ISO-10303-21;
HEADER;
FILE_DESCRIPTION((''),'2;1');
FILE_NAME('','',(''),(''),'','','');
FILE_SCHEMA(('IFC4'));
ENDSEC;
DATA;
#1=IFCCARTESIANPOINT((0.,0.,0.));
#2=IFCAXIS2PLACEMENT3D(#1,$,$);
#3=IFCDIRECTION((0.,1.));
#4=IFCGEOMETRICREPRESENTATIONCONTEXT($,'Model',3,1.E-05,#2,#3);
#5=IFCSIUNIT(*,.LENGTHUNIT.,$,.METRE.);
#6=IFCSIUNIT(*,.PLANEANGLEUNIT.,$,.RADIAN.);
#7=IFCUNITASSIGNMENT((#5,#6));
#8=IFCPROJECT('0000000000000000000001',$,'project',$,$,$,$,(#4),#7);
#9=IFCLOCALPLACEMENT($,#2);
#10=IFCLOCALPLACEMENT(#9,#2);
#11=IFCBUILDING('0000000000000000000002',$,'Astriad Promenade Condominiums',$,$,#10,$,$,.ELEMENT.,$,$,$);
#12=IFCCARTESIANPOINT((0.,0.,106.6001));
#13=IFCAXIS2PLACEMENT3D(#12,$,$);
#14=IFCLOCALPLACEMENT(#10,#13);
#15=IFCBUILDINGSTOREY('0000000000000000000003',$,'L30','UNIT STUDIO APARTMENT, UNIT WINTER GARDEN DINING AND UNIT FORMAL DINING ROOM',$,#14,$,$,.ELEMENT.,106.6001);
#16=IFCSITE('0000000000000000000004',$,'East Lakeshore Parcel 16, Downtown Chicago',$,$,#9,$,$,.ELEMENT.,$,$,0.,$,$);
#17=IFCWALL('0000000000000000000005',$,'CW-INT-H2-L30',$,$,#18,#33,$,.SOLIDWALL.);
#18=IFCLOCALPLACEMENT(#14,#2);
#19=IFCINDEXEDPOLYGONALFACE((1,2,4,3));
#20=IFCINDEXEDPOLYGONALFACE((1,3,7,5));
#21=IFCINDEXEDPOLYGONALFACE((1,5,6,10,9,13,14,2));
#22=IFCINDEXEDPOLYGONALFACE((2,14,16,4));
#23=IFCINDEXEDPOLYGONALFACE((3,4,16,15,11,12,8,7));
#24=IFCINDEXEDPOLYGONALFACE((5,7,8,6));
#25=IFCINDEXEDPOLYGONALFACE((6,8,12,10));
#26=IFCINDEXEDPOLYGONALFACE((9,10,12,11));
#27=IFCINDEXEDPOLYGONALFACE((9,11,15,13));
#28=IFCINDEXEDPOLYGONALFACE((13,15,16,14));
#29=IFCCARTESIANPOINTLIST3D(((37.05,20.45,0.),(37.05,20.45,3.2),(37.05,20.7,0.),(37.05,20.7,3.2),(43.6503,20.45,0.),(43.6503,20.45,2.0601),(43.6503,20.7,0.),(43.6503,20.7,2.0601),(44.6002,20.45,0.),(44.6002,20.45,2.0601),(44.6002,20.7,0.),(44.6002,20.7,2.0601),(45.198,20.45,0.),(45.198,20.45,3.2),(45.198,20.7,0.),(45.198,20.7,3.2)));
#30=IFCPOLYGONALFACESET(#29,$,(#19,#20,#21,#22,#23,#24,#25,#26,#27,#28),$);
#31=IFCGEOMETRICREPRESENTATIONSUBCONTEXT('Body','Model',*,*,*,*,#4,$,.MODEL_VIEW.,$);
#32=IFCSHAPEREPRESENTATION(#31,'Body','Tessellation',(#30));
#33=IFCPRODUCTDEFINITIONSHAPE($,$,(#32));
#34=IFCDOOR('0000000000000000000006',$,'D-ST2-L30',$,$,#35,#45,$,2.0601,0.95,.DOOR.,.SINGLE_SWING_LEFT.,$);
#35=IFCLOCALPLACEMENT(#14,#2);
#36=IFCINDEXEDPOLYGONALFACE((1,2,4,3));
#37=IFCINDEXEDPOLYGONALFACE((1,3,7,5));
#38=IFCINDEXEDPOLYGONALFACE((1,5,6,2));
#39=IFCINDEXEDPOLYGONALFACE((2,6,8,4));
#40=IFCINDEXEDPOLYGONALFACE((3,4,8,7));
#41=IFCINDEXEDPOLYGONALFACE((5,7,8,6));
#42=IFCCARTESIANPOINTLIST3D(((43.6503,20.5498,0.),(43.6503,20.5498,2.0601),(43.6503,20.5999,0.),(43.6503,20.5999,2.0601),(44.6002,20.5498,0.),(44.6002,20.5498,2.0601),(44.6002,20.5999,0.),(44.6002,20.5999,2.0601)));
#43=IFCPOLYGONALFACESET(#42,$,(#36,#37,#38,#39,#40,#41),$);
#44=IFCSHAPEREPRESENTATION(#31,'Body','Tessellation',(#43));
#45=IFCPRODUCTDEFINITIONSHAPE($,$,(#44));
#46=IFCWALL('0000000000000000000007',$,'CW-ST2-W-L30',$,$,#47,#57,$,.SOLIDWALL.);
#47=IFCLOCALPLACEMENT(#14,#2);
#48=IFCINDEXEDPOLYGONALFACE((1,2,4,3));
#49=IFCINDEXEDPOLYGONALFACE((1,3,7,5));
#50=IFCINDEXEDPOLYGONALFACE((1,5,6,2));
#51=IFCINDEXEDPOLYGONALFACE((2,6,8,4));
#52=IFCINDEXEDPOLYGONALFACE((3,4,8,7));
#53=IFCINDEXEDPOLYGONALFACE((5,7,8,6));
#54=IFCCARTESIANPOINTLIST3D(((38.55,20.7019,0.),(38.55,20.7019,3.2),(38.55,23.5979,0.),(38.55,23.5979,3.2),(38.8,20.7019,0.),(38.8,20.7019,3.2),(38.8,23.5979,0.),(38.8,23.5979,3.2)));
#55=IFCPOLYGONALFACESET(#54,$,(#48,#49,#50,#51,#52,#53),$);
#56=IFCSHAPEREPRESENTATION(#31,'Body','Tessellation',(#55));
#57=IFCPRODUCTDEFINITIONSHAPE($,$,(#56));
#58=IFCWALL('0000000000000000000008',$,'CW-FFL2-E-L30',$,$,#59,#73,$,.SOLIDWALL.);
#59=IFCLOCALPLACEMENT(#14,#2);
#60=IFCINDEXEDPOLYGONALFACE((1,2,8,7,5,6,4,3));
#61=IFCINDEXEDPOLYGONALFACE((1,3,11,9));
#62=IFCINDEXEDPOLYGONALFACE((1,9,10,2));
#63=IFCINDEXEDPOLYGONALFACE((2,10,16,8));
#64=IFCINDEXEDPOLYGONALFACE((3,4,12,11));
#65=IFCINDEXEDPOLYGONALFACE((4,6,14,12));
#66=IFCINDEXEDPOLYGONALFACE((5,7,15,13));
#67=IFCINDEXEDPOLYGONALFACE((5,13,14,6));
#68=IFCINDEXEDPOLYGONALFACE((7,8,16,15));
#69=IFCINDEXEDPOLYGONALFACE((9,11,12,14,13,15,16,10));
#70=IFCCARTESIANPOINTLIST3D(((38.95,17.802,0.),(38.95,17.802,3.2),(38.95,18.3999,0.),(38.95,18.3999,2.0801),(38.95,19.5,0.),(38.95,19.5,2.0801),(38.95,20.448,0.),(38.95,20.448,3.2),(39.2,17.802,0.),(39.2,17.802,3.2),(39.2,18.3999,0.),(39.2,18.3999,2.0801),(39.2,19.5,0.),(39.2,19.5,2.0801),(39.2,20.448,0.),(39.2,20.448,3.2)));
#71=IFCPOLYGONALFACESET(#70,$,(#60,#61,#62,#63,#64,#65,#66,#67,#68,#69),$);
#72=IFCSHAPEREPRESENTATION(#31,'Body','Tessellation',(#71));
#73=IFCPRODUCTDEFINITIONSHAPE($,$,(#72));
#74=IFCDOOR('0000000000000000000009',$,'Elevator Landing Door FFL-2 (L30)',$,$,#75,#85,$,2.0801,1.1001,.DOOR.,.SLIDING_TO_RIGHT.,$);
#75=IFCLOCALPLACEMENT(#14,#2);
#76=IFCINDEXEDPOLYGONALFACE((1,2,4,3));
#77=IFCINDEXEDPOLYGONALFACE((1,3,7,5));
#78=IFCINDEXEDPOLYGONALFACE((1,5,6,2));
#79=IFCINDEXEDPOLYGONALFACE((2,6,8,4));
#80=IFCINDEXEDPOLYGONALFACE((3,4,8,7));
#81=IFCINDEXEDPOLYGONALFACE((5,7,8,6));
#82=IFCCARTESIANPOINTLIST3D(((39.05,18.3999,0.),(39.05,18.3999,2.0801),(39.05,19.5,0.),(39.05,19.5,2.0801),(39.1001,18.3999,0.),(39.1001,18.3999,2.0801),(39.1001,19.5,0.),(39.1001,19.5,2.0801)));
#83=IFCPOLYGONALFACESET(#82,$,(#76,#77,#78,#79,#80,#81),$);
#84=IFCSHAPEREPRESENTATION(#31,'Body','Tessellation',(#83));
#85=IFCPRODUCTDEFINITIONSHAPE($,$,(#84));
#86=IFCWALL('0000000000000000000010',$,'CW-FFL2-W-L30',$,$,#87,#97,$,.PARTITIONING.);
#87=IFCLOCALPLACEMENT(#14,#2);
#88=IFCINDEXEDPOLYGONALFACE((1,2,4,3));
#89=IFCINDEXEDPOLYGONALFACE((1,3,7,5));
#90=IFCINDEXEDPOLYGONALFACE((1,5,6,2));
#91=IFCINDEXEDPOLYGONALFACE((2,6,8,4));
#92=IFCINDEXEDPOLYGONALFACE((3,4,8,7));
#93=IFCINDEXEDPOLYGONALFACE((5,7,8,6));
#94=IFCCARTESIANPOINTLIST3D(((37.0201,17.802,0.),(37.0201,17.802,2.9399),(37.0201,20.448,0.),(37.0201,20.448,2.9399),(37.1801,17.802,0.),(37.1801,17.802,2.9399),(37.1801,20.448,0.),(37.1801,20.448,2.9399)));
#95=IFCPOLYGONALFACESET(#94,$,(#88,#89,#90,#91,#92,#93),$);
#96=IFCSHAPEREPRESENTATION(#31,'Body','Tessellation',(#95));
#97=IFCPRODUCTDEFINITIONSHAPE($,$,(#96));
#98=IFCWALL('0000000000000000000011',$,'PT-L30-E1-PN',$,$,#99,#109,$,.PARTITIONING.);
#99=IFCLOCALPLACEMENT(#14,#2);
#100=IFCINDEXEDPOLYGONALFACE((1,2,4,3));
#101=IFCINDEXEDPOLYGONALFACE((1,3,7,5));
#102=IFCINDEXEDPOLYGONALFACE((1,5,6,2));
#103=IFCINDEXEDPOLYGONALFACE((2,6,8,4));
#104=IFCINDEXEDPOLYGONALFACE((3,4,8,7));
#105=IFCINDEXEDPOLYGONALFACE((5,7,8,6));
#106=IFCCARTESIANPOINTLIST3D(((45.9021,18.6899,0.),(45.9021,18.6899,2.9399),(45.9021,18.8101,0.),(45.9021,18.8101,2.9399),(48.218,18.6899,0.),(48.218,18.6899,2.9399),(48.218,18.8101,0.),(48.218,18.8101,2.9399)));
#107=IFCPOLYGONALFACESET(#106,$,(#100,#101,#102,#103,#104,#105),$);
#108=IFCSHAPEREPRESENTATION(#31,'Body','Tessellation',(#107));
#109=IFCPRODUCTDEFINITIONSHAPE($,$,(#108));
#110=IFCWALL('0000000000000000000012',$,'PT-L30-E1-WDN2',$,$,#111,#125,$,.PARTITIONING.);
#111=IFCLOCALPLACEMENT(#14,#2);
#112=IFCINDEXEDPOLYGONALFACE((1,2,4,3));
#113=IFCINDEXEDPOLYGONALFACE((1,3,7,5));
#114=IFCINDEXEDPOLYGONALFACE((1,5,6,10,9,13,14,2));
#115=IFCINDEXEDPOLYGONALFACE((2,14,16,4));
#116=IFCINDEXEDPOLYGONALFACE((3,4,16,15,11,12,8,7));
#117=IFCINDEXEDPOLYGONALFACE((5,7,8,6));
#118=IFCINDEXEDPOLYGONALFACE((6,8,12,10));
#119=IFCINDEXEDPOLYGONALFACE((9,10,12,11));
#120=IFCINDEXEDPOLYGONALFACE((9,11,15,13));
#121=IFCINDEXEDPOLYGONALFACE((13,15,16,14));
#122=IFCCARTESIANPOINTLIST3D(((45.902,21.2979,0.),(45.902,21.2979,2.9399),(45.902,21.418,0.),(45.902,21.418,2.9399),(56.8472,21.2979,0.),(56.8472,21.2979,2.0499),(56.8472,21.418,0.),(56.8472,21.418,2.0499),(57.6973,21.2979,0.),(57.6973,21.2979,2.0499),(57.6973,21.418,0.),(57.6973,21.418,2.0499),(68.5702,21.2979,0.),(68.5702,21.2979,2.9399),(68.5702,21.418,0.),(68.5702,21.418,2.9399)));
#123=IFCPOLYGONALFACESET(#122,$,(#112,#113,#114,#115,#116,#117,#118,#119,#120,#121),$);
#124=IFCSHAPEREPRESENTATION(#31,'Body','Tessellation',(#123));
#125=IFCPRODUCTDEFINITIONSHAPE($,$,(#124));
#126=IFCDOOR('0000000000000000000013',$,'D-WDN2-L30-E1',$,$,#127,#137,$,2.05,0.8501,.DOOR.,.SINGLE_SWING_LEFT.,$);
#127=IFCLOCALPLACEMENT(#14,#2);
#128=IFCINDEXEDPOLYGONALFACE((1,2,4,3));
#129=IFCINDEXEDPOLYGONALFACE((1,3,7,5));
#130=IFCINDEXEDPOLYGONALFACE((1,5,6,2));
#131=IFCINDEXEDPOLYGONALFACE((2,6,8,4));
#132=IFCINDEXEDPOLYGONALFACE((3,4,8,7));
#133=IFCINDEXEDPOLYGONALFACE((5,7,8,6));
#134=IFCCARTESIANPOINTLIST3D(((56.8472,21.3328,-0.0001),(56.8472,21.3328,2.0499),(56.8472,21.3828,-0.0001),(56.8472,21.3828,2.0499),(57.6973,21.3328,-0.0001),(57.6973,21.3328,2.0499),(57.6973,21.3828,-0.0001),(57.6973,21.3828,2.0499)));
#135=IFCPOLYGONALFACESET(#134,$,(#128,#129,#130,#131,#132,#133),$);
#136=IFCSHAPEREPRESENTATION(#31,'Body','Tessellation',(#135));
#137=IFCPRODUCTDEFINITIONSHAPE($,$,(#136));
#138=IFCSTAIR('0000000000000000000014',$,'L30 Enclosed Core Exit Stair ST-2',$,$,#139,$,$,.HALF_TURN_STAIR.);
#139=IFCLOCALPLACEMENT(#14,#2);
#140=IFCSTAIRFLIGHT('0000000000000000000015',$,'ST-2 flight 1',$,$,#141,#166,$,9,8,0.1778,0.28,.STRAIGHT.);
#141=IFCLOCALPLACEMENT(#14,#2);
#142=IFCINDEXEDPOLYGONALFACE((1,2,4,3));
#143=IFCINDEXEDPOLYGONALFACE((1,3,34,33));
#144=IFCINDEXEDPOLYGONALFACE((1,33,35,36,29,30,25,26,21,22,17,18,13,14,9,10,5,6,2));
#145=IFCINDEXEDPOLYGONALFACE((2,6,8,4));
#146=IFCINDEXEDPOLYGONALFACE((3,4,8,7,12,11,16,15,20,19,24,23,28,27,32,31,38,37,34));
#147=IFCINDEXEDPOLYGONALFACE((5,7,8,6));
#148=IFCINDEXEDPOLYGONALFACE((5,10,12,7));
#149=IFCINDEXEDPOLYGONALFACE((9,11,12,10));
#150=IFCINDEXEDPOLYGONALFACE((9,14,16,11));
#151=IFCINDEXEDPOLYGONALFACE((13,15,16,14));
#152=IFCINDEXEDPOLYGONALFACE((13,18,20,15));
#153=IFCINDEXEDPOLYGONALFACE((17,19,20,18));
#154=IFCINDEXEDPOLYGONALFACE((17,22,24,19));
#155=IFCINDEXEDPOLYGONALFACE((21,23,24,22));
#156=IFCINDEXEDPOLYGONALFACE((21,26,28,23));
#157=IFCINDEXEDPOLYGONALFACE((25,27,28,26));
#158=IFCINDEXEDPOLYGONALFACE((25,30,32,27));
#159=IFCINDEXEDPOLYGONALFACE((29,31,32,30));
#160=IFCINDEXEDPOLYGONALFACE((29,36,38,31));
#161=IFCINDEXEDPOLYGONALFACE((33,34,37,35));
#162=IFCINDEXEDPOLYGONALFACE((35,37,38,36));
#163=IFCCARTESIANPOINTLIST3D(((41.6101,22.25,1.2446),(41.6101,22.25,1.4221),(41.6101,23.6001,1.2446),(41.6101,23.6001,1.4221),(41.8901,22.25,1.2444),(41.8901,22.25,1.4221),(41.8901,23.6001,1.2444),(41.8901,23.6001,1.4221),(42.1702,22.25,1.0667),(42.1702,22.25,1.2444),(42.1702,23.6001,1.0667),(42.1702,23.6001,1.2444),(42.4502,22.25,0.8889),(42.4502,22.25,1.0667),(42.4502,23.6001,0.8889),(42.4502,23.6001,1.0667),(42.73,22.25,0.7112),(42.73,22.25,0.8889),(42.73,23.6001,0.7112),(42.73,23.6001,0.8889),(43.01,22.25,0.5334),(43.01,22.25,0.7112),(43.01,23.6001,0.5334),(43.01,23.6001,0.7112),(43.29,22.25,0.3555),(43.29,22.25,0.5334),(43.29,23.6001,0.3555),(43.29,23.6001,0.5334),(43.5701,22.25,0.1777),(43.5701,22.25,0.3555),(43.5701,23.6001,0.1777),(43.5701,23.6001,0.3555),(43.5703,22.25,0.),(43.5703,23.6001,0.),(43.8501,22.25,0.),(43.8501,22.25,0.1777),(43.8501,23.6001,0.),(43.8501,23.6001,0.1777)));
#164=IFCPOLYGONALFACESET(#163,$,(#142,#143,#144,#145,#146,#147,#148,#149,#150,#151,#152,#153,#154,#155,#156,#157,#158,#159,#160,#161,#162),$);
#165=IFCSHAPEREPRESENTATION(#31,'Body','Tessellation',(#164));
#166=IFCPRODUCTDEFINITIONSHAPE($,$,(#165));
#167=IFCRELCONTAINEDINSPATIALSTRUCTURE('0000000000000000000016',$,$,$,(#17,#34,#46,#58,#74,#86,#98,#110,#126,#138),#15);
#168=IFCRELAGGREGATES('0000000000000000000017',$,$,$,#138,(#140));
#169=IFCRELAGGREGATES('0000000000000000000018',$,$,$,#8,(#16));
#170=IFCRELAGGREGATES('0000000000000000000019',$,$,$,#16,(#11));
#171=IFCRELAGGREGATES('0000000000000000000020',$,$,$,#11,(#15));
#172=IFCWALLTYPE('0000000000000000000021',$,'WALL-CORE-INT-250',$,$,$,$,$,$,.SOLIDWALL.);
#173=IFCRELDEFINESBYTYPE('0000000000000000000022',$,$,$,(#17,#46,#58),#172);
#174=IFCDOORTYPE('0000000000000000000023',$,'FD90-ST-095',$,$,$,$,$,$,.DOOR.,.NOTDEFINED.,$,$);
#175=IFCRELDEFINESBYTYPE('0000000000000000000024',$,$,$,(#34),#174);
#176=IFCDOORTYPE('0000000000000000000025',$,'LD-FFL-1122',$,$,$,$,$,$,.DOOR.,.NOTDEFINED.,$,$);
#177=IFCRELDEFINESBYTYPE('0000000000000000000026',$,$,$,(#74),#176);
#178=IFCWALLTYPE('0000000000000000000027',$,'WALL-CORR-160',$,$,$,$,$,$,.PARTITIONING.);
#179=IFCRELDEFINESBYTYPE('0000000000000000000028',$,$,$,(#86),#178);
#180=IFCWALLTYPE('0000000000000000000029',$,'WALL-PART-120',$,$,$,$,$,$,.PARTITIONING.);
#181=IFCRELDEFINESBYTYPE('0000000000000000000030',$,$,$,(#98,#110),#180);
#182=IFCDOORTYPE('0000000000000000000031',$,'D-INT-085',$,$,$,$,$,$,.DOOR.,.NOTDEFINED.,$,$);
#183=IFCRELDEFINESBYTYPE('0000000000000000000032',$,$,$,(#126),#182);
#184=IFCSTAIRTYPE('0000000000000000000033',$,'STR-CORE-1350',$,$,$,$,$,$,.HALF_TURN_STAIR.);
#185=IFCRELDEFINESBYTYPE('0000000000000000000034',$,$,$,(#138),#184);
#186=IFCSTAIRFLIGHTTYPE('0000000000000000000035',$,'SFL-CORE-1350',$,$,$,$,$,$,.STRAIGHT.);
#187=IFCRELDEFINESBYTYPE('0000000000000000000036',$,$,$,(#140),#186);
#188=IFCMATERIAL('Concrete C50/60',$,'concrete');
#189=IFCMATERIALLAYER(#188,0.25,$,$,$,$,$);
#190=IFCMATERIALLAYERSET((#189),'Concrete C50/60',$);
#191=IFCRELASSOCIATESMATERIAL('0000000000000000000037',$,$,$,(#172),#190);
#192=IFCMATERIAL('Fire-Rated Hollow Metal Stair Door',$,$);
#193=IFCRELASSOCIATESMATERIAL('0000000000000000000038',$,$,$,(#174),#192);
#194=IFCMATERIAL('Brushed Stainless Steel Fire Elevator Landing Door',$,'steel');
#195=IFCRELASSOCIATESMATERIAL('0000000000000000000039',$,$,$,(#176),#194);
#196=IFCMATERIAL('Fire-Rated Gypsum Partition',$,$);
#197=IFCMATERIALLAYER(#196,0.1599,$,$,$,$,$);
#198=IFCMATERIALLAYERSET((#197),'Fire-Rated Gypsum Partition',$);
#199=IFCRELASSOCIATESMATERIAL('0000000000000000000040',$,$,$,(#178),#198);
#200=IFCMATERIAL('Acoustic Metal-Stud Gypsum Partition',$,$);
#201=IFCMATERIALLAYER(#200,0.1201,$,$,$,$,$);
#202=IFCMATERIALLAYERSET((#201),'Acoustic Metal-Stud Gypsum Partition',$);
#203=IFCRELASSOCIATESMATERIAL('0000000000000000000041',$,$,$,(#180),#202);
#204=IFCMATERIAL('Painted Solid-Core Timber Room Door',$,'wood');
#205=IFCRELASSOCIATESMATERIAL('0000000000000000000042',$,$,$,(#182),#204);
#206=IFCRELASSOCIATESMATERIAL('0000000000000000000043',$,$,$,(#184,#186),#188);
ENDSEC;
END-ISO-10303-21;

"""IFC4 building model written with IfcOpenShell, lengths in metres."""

from ifc_helpers import new_model, si_unit, direction, frame, frame_2d, origin, place, context, subcontext, project, spatial, polyline, rectangle, outline, extrude, source, transform, mapped, material, layer, layer_set, type_object, type_shapes, element, fill, aggregate, save


model = new_model("IFC4")

# Units and contexts
model_context = context("Model", 3, precision=1e-05, world=origin(), true_north=direction((0.0, 1.0)))
body_context = subcontext(model_context, "Body", "Model", "MODEL_VIEW")
ifc_project = project(units=[si_unit("LENGTHUNIT", "METRE"), si_unit("PLANEANGLEUNIT", "RADIAN")], contexts=[model_context])

# Site, building, storey
site_placement = place(None, origin())
site = spatial("IfcSite", under=ifc_project, at=site_placement, Name="East Lakeshore Parcel 16, Downtown Chicago", CompositionType="ELEMENT", RefElevation=0.0)
building_placement = place(site_placement, origin())
building = spatial("IfcBuilding", under=site, at=building_placement, Name="Astriad Promenade Condominiums", CompositionType="ELEMENT")
storey_placement = place(building_placement, frame((0.0, 0.0, 106.6001)))
storey = spatial("IfcBuildingStorey", under=building, at=storey_placement, Name="L30", Description="UNIT STUDIO APARTMENT, UNIT WINTER GARDEN DINING AND UNIT FORMAL DINING ROOM", CompositionType="ELEMENT", Elevation=106.6001)

# Wall, opening, door
ifc_material_1 = material(Name="Concrete C50/60", Category="concrete")
ifc_layer_1 = layer(ifc_material_1, 0.25)
ifc_layer_set_1 = layer_set([ifc_layer_1], Name="Concrete C50/60")
wall_type_1 = type_object("IfcWallType", Name="WALL-CORE-INT-250", PredefinedType="SOLIDWALL", material=ifc_layer_set_1)
wall_1_placement = place(storey_placement, frame((37.05, 20.575, 0.0), z_axis=(0.0, 0.0, 1.0), x_axis=(1.0, 0.0, 0.0)))
wall_1 = element("IfcWall", 1, at=wall_1_placement, inside=storey, type_object=wall_type_1, Name="CW-INT-H2-L30", PredefinedType="SOLIDWALL", context=body_context, shape_type="SweptSolid", body=[
    extrude(rectangle(XDim=8.1479, YDim=0.25, at=frame_2d((4.074, 0.0))), origin(), (0.0, 0.0, 1.0), 3.2),
])
opening_1_placement = place(wall_1_placement, frame((6.6001, 0.0, 0.0)))
opening_1 = element("IfcOpeningElement", 2, at=opening_1_placement, cuts=wall_1, PredefinedType="OPENING", context=body_context, shape_type="SweptSolid", body=[
    extrude(rectangle(XDim=0.95, YDim=2.0601, at=frame_2d((0.4751, 1.03))), frame((0.0, 0.135, 0.0), z_axis=(0.0, -1.0, 0.0), x_axis=(1.0, 0.0, 0.0)), (0.0, 0.0, 1.0), 0.27),
])
ifc_material_2 = material(Name="Fire-Rated Hollow Metal Stair Door")
door_type_1 = type_object("IfcDoorType", Name="FD90-ST-095", OperationType="NOTDEFINED", PredefinedType="DOOR", material=ifc_material_2)
shared_shape_1 = source(origin(), body_context, "Body", "SweptSolid", [
    extrude(rectangle(XDim=0.95, YDim=2.0601, at=frame_2d((0.4751, 1.03))), frame((0.0, 0.0249, 0.0), z_axis=(0.0, -1.0, 0.0), x_axis=(1.0, 0.0, 0.0)), (0.0, 0.0, 1.0), 0.05),
])
type_shapes(door_type_1, [shared_shape_1])
door_1_placement = place(opening_1_placement, origin())
door_1 = element("IfcDoor", 3, at=door_1_placement, inside=storey, type_object=door_type_1, Name="D-ST2-L30", OperationType="SINGLE_SWING_LEFT", OverallHeight=2.0601, OverallWidth=0.95, PredefinedType="DOOR", context=body_context, shape_type="MappedRepresentation", body=[
    mapped(shared_shape_1, transform((0.0, 0.0, 0.0), scale=1.0)),
])
fill(opening_1, door_1)

# Wall
wall_2_placement = place(storey_placement, frame((38.675, 20.7019, 0.0), z_axis=(0.0, 0.0, 1.0), x_axis=(0.0, 1.0, 0.0)))
element("IfcWall", 4, at=wall_2_placement, inside=storey, type_object=wall_type_1, Name="CW-ST2-W-L30", PredefinedType="SOLIDWALL", context=body_context, shape_type="SweptSolid", body=[
    extrude(rectangle(XDim=2.896, YDim=0.25, at=frame_2d((1.448, 0.0))), origin(), (0.0, 0.0, 1.0), 3.2),
])

# Wall, opening, door
wall_3_placement = place(storey_placement, frame((39.075, 17.802, 0.0), z_axis=(0.0, 0.0, 1.0), x_axis=(0.0, 1.0, 0.0)))
wall_3 = element("IfcWall", 5, at=wall_3_placement, inside=storey, type_object=wall_type_1, Name="CW-FFL2-E-L30", PredefinedType="SOLIDWALL", context=body_context, shape_type="SweptSolid", body=[
    extrude(rectangle(XDim=2.646, YDim=0.25, at=frame_2d((1.323, 0.0))), origin(), (0.0, 0.0, 1.0), 3.2),
])
opening_2_placement = place(wall_3_placement, frame((0.5979, 0.0, 0.0)))
opening_2 = element("IfcOpeningElement", 6, at=opening_2_placement, cuts=wall_3, PredefinedType="OPENING", context=body_context, shape_type="SweptSolid", body=[
    extrude(rectangle(XDim=1.1001, YDim=2.0801, at=frame_2d((0.55, 1.04))), frame((0.0, 0.135, 0.0), z_axis=(0.0, -1.0, 0.0), x_axis=(1.0, 0.0, 0.0)), (0.0, 0.0, 1.0), 0.27),
])
ifc_material_3 = material(Name="Brushed Stainless Steel Fire Elevator Landing Door", Category="steel")
door_type_2 = type_object("IfcDoorType", Name="LD-FFL-1122", OperationType="NOTDEFINED", PredefinedType="DOOR", material=ifc_material_3)
shared_shape_2 = source(origin(), body_context, "Body", "SweptSolid", [
    extrude(rectangle(XDim=1.1001, YDim=2.0801, at=frame_2d((0.55, 1.04))), frame((0.0, 0.0249, 0.0), z_axis=(0.0, -1.0, 0.0), x_axis=(1.0, 0.0, 0.0)), (0.0, 0.0, 1.0), 0.05),
])
type_shapes(door_type_2, [shared_shape_2])
door_2_placement = place(opening_2_placement, origin())
door_2 = element("IfcDoor", 7, at=door_2_placement, inside=storey, type_object=door_type_2, Name="Elevator Landing Door FFL-2 (L30)", OperationType="SLIDING_TO_RIGHT", OverallHeight=2.0801, OverallWidth=1.1001, PredefinedType="DOOR", context=body_context, shape_type="MappedRepresentation", body=[
    mapped(shared_shape_2, transform((0.0, 0.0, 0.0), scale=1.0)),
])
fill(opening_2, door_2)

# Walls
ifc_material_4 = material(Name="Fire-Rated Gypsum Partition")
ifc_layer_2 = layer(ifc_material_4, 0.1599)
ifc_layer_set_2 = layer_set([ifc_layer_2], Name="Fire-Rated Gypsum Partition")
wall_type_2 = type_object("IfcWallType", Name="WALL-CORR-160", PredefinedType="PARTITIONING", material=ifc_layer_set_2)
wall_4_placement = place(storey_placement, frame((37.1001, 17.802, 0.0), z_axis=(0.0, 0.0, 1.0), x_axis=(0.0, 1.0, 0.0)))
element("IfcWall", 8, at=wall_4_placement, inside=storey, type_object=wall_type_2, Name="CW-FFL2-W-L30", PredefinedType="PARTITIONING", context=body_context, shape_type="SweptSolid", body=[
    extrude(rectangle(XDim=2.646, YDim=0.1599, at=frame_2d((1.323, 0.0))), origin(), (0.0, 0.0, 1.0), 2.9399),
])
ifc_material_5 = material(Name="Acoustic Metal-Stud Gypsum Partition")
ifc_layer_3 = layer(ifc_material_5, 0.1201)
ifc_layer_set_3 = layer_set([ifc_layer_3], Name="Acoustic Metal-Stud Gypsum Partition")
wall_type_3 = type_object("IfcWallType", Name="WALL-PART-120", PredefinedType="PARTITIONING", material=ifc_layer_set_3)
wall_5_placement = place(storey_placement, frame((45.9021, 18.75, 0.0), z_axis=(0.0, 0.0, 1.0), x_axis=(1.0, 0.0, 0.0)))
element("IfcWall", 9, at=wall_5_placement, inside=storey, type_object=wall_type_3, Name="PT-L30-E1-PN", PredefinedType="PARTITIONING", context=body_context, shape_type="SweptSolid", body=[
    extrude(rectangle(XDim=2.3159, YDim=0.1201, at=frame_2d((1.158, 0.0))), origin(), (0.0, 0.0, 1.0), 2.9399),
])

# Wall, opening, door
wall_6_placement = place(storey_placement, frame((45.9021, 21.3579, 0.0), z_axis=(0.0, 0.0, 1.0), x_axis=(1.0, 0.0, 0.0)))
wall_6 = element("IfcWall", 10, at=wall_6_placement, inside=storey, type_object=wall_type_3, Name="PT-L30-E1-WDN2", PredefinedType="PARTITIONING", context=body_context, shape_type="SweptSolid", body=[
    extrude(rectangle(XDim=22.6682, YDim=0.1201, at=frame_2d((11.334, 0.0))), origin(), (0.0, 0.0, 1.0), 2.9399),
])
opening_3_placement = place(wall_6_placement, frame((10.9451, 0.0, 0.0)))
opening_3 = element("IfcOpeningElement", 11, at=opening_3_placement, cuts=wall_6, PredefinedType="OPENING", context=body_context, shape_type="SweptSolid", body=[
    extrude(rectangle(XDim=0.8501, YDim=2.05, at=frame_2d((0.425, 1.0249))), frame((0.0, 0.0701, 0.0), z_axis=(0.0, -1.0, 0.0), x_axis=(1.0, 0.0, 0.0)), (0.0, 0.0, 1.0), 0.1401),
])
ifc_material_6 = material(Name="Painted Solid-Core Timber Room Door", Category="wood")
door_type_3 = type_object("IfcDoorType", Name="D-INT-085", OperationType="NOTDEFINED", PredefinedType="DOOR", material=ifc_material_6)
shared_shape_3 = source(origin(), body_context, "Body", "SweptSolid", [
    extrude(rectangle(XDim=0.8501, YDim=2.05, at=frame_2d((0.425, 1.0249))), frame((0.0, 0.0249, 0.0), z_axis=(0.0, -1.0, 0.0), x_axis=(1.0, 0.0, 0.0)), (0.0, 0.0, 1.0), 0.05),
])
type_shapes(door_type_3, [shared_shape_3])
door_3_placement = place(opening_3_placement, origin())
door_3 = element("IfcDoor", 12, at=door_3_placement, inside=storey, type_object=door_type_3, Name="D-WDN2-L30-E1", OperationType="SINGLE_SWING_LEFT", OverallHeight=2.05, OverallWidth=0.8501, PredefinedType="DOOR", context=body_context, shape_type="MappedRepresentation", body=[
    mapped(shared_shape_3, transform((0.0, 0.0, 0.0), scale=1.0)),
])
fill(opening_3, door_3)

# Stair, stair flight
stair_type = type_object("IfcStairType", Name="STR-CORE-1350", PredefinedType="HALF_TURN_STAIR", material=ifc_material_1)
stair_placement = place(storey_placement, origin())
stair = element("IfcStair", 13, at=stair_placement, inside=storey, type_object=stair_type, Name="L30 Enclosed Core Exit Stair ST-2", PredefinedType="HALF_TURN_STAIR")
stair_flight_type = type_object("IfcStairFlightType", Name="SFL-CORE-1350", PredefinedType="STRAIGHT", material=ifc_material_1)
shared_shape_4 = source(origin(), body_context, "Body", "SweptSolid", [
    extrude(outline(polyline([(0.0, 0.0), (0.0, 0.1777), (0.28, 0.1777), (0.28, 0.3555), (0.5601, 0.3555), (0.5601, 0.5334), (0.8401, 0.5334), (0.8401, 0.7112), (1.1201, 0.7112), (1.1201, 0.8889), (1.3999, 0.8889), (1.3999, 1.0667), (1.6799, 1.0667), (1.6799, 1.2444), (1.96, 1.2444), (1.96, 1.4221), (2.24, 1.4221), (2.24, 1.6001), (2.24, 1.2446), (0.2798, 0.0), (0.0, 0.0)])), frame((0.0, 0.675, 0.0), z_axis=(0.0, -1.0, 0.0), x_axis=(1.0, 0.0, 0.0)), (0.0, 0.0, 1.0), 1.3501),
])
type_shapes(stair_flight_type, [shared_shape_4])
stair_flight_1_placement = place(storey_placement, frame((43.8501, 22.925, 0.0), z_axis=(0.0, 0.0, 1.0), x_axis=(-1.0, 0.0, 0.0)))
stair_flight_1 = element("IfcStairFlight", 14, at=stair_flight_1_placement, type_object=stair_flight_type, Name="ST-2 flight 1", NumberOfRisers=9, NumberOfTreads=8, PredefinedType="STRAIGHT", RiserHeight=0.1778, TreadLength=0.28, context=body_context, shape_type="MappedRepresentation", body=[
    mapped(shared_shape_4, transform((0.0, 0.0, 0.0), scale=1.0)),
])
aggregate(stair, [stair_flight_1])

save(model, "model.ifc")
